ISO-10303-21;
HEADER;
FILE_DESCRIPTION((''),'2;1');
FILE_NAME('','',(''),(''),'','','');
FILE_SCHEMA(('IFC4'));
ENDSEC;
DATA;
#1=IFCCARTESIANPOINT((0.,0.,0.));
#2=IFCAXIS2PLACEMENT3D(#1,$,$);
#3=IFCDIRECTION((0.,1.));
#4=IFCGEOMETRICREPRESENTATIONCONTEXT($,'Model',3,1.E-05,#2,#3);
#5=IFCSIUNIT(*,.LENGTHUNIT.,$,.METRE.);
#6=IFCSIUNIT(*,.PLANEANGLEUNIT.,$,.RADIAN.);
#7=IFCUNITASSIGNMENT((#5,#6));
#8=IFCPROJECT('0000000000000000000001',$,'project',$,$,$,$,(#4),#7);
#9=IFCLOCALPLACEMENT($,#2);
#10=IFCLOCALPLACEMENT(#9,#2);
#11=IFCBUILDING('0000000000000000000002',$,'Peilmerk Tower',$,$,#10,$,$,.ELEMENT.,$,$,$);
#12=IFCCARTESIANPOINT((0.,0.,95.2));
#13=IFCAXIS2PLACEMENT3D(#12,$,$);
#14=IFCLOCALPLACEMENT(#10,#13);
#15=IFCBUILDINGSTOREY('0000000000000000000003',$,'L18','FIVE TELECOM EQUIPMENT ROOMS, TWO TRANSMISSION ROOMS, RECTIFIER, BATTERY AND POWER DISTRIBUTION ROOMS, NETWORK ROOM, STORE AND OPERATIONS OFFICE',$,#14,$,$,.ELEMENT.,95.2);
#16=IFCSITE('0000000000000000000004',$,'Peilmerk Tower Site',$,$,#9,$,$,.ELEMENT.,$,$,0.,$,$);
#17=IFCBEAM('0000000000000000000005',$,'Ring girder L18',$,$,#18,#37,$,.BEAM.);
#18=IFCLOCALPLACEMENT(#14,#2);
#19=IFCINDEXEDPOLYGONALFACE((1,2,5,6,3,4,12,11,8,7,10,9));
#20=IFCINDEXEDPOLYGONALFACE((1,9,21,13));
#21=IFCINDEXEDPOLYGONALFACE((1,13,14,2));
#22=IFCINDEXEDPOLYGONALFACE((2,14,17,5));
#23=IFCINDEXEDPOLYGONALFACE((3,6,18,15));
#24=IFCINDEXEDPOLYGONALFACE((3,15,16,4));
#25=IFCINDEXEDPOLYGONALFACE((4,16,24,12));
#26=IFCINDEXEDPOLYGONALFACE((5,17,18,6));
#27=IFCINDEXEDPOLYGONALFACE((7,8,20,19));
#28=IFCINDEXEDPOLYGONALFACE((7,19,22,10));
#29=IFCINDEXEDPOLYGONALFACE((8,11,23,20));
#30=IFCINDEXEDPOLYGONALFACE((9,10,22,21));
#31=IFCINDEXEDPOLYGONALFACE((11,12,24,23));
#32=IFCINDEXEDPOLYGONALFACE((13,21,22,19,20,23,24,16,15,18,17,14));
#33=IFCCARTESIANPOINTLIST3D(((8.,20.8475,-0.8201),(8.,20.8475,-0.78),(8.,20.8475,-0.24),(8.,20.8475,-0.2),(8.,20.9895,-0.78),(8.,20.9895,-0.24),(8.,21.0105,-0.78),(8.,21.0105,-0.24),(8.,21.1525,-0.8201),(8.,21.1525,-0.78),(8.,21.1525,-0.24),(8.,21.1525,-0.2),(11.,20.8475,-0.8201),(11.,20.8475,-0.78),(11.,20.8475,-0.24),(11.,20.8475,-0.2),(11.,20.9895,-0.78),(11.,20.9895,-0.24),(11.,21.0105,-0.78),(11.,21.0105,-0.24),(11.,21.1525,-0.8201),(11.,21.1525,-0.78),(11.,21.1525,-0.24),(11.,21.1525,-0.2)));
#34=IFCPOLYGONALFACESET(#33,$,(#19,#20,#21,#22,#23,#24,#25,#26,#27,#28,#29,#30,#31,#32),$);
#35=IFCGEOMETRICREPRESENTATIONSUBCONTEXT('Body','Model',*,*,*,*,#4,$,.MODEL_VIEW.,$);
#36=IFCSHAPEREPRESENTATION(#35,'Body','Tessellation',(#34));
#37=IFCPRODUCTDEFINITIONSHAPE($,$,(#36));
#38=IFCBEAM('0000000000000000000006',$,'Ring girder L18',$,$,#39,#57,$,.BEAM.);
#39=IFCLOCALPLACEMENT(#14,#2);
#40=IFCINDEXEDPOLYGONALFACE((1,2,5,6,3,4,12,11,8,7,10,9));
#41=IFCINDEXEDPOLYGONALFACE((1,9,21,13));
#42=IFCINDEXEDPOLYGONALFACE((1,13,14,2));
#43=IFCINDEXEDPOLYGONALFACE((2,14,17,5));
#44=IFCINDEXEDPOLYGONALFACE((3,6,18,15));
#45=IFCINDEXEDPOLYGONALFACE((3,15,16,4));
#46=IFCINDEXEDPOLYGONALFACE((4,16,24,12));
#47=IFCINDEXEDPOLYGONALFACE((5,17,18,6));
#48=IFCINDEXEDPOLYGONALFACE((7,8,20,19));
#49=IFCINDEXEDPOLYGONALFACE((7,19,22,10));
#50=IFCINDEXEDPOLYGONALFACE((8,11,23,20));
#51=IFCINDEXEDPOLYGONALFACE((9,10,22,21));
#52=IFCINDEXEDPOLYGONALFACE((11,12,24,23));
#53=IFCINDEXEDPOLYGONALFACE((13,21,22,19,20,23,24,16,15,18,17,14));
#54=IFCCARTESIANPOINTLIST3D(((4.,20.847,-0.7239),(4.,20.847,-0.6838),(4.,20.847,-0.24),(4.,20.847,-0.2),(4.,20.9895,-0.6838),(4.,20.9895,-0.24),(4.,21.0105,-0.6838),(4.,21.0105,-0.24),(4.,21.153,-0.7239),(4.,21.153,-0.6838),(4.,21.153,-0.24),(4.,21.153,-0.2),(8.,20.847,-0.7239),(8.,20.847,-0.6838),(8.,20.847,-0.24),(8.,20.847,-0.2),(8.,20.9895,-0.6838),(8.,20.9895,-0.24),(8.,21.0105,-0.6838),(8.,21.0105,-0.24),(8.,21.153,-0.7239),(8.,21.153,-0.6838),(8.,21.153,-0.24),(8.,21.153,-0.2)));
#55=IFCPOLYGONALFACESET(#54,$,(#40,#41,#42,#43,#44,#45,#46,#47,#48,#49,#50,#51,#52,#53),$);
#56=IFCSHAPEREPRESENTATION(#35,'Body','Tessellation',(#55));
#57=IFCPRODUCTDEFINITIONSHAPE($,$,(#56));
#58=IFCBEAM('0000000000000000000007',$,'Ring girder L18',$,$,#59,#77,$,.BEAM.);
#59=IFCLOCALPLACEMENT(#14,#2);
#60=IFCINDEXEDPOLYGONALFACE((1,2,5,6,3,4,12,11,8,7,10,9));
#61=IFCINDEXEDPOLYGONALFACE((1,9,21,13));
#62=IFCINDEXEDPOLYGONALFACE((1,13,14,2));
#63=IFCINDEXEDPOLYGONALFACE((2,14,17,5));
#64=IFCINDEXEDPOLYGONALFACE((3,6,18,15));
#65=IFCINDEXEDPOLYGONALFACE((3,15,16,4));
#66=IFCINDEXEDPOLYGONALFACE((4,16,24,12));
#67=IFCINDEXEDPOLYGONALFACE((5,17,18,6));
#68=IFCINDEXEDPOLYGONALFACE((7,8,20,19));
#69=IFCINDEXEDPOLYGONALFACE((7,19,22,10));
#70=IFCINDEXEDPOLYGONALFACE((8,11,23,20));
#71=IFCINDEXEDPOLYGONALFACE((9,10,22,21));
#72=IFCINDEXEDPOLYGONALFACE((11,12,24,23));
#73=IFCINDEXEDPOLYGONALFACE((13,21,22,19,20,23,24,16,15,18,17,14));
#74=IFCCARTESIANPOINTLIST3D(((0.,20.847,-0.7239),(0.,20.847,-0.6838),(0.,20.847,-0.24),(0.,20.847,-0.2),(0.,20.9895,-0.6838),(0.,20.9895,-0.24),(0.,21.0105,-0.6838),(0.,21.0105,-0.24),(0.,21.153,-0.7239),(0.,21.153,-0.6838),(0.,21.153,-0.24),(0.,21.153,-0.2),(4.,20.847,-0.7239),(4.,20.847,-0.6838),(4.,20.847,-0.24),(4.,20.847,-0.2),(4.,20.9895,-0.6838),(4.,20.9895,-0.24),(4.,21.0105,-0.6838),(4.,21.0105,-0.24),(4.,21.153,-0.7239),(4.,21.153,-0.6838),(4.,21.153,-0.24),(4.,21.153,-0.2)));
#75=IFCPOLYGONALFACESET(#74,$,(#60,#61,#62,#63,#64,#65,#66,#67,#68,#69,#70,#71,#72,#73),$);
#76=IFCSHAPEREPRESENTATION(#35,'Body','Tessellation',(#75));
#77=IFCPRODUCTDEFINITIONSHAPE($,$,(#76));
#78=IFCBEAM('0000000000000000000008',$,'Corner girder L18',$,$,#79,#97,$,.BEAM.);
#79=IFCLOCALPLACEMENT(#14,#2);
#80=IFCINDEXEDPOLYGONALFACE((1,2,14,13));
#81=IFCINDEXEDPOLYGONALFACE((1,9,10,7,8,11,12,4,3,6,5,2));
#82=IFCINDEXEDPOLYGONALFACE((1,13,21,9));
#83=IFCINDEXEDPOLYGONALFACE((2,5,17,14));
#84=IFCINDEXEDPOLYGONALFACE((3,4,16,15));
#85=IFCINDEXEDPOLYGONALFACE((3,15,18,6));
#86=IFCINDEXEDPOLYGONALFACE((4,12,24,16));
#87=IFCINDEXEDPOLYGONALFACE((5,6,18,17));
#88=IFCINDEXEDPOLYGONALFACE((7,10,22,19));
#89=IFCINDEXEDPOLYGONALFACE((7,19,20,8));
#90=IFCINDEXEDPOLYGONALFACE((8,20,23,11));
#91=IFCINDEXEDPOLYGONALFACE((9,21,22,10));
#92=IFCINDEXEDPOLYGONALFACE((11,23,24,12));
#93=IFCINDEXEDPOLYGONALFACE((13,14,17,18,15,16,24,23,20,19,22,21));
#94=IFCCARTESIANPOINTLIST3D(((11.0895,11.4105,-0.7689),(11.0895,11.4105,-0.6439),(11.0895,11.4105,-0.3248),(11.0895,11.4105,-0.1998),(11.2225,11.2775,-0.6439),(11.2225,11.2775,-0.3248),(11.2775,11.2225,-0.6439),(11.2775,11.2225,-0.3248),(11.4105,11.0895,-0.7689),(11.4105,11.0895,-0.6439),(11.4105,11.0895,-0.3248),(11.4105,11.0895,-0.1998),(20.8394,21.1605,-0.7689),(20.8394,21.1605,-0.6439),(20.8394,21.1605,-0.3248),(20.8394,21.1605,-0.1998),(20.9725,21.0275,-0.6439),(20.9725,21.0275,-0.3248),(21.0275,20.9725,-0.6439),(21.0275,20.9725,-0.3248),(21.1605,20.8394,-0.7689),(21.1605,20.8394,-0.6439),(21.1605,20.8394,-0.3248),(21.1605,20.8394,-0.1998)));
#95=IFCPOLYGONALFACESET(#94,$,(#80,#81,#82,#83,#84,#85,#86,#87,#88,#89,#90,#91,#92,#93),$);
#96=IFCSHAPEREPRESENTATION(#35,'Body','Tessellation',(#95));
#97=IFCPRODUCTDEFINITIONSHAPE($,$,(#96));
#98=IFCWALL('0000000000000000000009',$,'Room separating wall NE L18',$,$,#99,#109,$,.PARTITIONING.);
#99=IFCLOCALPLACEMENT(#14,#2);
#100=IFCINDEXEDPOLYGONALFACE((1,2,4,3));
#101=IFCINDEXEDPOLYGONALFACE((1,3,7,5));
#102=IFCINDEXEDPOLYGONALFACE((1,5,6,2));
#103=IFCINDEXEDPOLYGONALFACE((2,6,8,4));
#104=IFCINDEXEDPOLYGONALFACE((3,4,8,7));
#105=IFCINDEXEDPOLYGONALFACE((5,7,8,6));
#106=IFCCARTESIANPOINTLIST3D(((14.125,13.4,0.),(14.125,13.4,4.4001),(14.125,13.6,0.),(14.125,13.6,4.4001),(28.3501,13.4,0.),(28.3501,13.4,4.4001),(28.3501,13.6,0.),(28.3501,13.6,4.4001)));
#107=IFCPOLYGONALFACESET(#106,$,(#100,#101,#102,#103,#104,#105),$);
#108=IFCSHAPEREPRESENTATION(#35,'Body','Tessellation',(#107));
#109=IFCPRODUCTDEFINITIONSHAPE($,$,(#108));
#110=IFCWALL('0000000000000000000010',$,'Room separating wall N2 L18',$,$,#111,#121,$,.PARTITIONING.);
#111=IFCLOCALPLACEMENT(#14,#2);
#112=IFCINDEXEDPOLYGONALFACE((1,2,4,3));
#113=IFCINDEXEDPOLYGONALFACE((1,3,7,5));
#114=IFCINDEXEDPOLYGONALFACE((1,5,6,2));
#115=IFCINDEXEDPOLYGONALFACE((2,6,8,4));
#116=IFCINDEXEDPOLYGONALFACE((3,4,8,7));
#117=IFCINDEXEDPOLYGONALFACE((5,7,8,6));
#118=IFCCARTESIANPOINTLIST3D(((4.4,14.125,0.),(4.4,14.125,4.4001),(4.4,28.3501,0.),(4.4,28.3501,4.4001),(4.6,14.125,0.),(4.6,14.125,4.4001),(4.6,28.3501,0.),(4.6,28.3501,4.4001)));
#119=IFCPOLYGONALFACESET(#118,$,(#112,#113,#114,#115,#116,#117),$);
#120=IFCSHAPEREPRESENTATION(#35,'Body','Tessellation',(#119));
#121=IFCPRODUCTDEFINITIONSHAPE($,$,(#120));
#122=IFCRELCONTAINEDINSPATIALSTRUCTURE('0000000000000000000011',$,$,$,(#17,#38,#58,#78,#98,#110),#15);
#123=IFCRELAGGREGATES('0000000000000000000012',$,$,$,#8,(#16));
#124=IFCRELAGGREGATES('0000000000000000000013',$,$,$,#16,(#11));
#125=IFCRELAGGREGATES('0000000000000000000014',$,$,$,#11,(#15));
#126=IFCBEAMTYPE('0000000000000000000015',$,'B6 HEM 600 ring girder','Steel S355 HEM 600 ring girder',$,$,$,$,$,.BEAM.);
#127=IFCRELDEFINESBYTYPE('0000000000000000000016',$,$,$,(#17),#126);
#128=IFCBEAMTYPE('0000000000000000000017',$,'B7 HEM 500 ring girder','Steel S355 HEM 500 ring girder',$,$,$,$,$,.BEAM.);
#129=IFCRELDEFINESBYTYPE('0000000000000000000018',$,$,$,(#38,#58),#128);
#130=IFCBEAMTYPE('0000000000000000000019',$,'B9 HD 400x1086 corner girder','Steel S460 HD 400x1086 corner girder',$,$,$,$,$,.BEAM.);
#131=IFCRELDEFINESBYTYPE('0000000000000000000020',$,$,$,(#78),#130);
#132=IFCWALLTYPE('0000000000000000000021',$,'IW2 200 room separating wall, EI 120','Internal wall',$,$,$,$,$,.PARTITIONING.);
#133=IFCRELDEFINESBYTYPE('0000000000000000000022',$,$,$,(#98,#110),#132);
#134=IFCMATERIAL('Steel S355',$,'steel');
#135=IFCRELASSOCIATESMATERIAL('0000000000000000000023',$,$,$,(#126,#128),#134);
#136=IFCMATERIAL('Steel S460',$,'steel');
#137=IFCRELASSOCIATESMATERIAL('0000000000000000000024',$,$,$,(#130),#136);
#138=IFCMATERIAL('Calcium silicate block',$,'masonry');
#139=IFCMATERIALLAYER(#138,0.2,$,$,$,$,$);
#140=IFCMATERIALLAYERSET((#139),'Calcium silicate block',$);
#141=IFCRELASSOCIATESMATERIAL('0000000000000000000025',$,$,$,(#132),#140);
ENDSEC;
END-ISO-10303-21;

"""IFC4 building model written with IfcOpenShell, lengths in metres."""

from ifc_helpers import new_model, si_unit, direction, frame, frame_2d, origin, origin_2d, place, context, subcontext, project, spatial, rectangle, i_section, extrude, material, layer, layer_set, material_profile, profile_set, type_object, element, save


model = new_model("IFC4")

# Units and contexts
model_context = context("Model", 3, precision=1e-05, world=origin(), true_north=direction((0.0, 1.0)))
body_context = subcontext(model_context, "Body", "Model", "MODEL_VIEW")
ifc_project = project(units=[si_unit("LENGTHUNIT", "METRE"), si_unit("PLANEANGLEUNIT", "RADIAN")], contexts=[model_context])

# Site, building, storey
site_placement = place(None, origin())
site = spatial("IfcSite", under=ifc_project, at=site_placement, Name="Peilmerk Tower Site", CompositionType="ELEMENT", RefElevation=0.0)
building_placement = place(site_placement, origin())
building = spatial("IfcBuilding", under=site, at=building_placement, Name="Peilmerk Tower", CompositionType="ELEMENT")
storey_placement = place(building_placement, frame((0.0, 0.0, 95.2)))
storey = spatial("IfcBuildingStorey", under=building, at=storey_placement, Name="L18", Description="FIVE TELECOM EQUIPMENT ROOMS, TWO TRANSMISSION ROOMS, RECTIFIER, BATTERY AND POWER DISTRIBUTION ROOMS, NETWORK ROOM, STORE AND OPERATIONS OFFICE", CompositionType="ELEMENT", Elevation=95.2)

# Shared definitions
ifc_material_1 = material(Name="Steel S460", Category="steel")

# Beams
ifc_material_2 = material(Name="Steel S355", Category="steel")
ifc_material_profile_1 = material_profile(ifc_material_2, i_section(OverallWidth=0.3049, OverallDepth=0.6201, WebThickness=0.021, FlangeThickness=0.04, at=origin_2d()), Name="HEM 600")
ifc_profile_set_1 = profile_set([ifc_material_profile_1], Name="Steel S355")
beam_type_1 = type_object("IfcBeamType", Name="B6 HEM 600 ring girder", Description="Steel S355 HEM 600 ring girder", PredefinedType="BEAM", material=ifc_profile_set_1)
beam_1_placement = place(storey_placement, frame((11.0, 21.0, -0.51), z_axis=(-1.0, 0.0, 0.0), x_axis=(0.0, -1.0, 0.0)))
element("IfcBeam", 1, at=beam_1_placement, inside=storey, type_object=beam_type_1, Name="Ring girder L18", PredefinedType="BEAM", context=body_context, shape_type="SweptSolid", body=[
    extrude(i_section(OverallWidth=0.3049, OverallDepth=0.6201, WebThickness=0.021, FlangeThickness=0.04, at=origin_2d()), origin(), (0.0, 0.0, 1.0), 3.0),
])
ifc_material_profile_2 = material_profile(ifc_material_2, i_section(OverallWidth=0.3059, OverallDepth=0.5239, WebThickness=0.021, FlangeThickness=0.04, at=origin_2d()), Name="HEM 500")
ifc_profile_set_2 = profile_set([ifc_material_profile_2], Name="Steel S355")
beam_type_2 = type_object("IfcBeamType", Name="B7 HEM 500 ring girder", Description="Steel S355 HEM 500 ring girder", PredefinedType="BEAM", material=ifc_profile_set_2)
for number, where, z_axis, x_axis, name in (
    (2, (8.0, 21.0, -0.4619), (-1.0, 0.0, 0.0), (0.0, -1.0, 0.0), "Ring girder L18"),
    (3, (4.0, 21.0, -0.4619), (-1.0, 0.0, 0.0), (0.0, -1.0, 0.0), "Ring girder L18"),
):
    element("IfcBeam", number, at=place(storey_placement, frame(where, z_axis=z_axis, x_axis=x_axis)), inside=storey, type_object=beam_type_2, Name=name, PredefinedType="BEAM", context=body_context, shape_type="SweptSolid", body=[
        extrude(i_section(OverallWidth=0.3059, OverallDepth=0.5239, WebThickness=0.021, FlangeThickness=0.04, at=origin_2d()), origin(), (0.0, 0.0, 1.0), 4.0),
    ])
ifc_material_profile_3 = material_profile(ifc_material_1, i_section(OverallWidth=0.4541, OverallDepth=0.5691, WebThickness=0.0779, FlangeThickness=0.125, at=origin_2d()), Name="HD 400x1086")
ifc_profile_set_3 = profile_set([ifc_material_profile_3], Name="Steel S460")
beam_type_3 = type_object("IfcBeamType", Name="B9 HD 400x1086 corner girder", Description="Steel S460 HD 400x1086 corner girder", PredefinedType="BEAM", material=ifc_profile_set_3)
beam_2_placement = place(storey_placement, frame((11.25, 11.25, -0.4844), z_axis=(0.707107, 0.707107, 0.0), x_axis=(-0.707107, 0.707107, 0.0)))
element("IfcBeam", 4, at=beam_2_placement, inside=storey, type_object=beam_type_3, Name="Corner girder L18", PredefinedType="BEAM", context=body_context, shape_type="SweptSolid", body=[
    extrude(i_section(OverallWidth=0.4541, OverallDepth=0.5691, WebThickness=0.0779, FlangeThickness=0.125, at=origin_2d()), origin(), (0.0, 0.0, 1.0), 13.7886),
])

# Walls
ifc_material_3 = material(Name="Calcium silicate block", Category="masonry")
ifc_layer = layer(ifc_material_3, 0.2)
ifc_layer_set = layer_set([ifc_layer], Name="Calcium silicate block")
wall_type = type_object("IfcWallType", Name="IW2 200 room separating wall, EI 120", Description="Internal wall", PredefinedType="PARTITIONING", material=ifc_layer_set)
for number, where, z_axis, x_axis, name in (
    (5, (14.125, 13.5, 0.0), (0.0, 0.0, 1.0), (1.0, 0.0, 0.0), "Room separating wall NE L18"),
    (6, (4.5, 14.125, 0.0), (0.0, 0.0, 1.0), (0.0, 1.0, 0.0), "Room separating wall N2 L18"),
):
    element("IfcWall", number, at=place(storey_placement, frame(where, z_axis=z_axis, x_axis=x_axis)), inside=storey, type_object=wall_type, Name=name, PredefinedType="PARTITIONING", context=body_context, shape_type="SweptSolid", body=[
        extrude(rectangle(XDim=14.2251, YDim=0.2, at=frame_2d((7.1125, 0.0))), origin(), (0.0, 0.0, 1.0), 4.4001),
    ])

save(model, "model.ifc")
